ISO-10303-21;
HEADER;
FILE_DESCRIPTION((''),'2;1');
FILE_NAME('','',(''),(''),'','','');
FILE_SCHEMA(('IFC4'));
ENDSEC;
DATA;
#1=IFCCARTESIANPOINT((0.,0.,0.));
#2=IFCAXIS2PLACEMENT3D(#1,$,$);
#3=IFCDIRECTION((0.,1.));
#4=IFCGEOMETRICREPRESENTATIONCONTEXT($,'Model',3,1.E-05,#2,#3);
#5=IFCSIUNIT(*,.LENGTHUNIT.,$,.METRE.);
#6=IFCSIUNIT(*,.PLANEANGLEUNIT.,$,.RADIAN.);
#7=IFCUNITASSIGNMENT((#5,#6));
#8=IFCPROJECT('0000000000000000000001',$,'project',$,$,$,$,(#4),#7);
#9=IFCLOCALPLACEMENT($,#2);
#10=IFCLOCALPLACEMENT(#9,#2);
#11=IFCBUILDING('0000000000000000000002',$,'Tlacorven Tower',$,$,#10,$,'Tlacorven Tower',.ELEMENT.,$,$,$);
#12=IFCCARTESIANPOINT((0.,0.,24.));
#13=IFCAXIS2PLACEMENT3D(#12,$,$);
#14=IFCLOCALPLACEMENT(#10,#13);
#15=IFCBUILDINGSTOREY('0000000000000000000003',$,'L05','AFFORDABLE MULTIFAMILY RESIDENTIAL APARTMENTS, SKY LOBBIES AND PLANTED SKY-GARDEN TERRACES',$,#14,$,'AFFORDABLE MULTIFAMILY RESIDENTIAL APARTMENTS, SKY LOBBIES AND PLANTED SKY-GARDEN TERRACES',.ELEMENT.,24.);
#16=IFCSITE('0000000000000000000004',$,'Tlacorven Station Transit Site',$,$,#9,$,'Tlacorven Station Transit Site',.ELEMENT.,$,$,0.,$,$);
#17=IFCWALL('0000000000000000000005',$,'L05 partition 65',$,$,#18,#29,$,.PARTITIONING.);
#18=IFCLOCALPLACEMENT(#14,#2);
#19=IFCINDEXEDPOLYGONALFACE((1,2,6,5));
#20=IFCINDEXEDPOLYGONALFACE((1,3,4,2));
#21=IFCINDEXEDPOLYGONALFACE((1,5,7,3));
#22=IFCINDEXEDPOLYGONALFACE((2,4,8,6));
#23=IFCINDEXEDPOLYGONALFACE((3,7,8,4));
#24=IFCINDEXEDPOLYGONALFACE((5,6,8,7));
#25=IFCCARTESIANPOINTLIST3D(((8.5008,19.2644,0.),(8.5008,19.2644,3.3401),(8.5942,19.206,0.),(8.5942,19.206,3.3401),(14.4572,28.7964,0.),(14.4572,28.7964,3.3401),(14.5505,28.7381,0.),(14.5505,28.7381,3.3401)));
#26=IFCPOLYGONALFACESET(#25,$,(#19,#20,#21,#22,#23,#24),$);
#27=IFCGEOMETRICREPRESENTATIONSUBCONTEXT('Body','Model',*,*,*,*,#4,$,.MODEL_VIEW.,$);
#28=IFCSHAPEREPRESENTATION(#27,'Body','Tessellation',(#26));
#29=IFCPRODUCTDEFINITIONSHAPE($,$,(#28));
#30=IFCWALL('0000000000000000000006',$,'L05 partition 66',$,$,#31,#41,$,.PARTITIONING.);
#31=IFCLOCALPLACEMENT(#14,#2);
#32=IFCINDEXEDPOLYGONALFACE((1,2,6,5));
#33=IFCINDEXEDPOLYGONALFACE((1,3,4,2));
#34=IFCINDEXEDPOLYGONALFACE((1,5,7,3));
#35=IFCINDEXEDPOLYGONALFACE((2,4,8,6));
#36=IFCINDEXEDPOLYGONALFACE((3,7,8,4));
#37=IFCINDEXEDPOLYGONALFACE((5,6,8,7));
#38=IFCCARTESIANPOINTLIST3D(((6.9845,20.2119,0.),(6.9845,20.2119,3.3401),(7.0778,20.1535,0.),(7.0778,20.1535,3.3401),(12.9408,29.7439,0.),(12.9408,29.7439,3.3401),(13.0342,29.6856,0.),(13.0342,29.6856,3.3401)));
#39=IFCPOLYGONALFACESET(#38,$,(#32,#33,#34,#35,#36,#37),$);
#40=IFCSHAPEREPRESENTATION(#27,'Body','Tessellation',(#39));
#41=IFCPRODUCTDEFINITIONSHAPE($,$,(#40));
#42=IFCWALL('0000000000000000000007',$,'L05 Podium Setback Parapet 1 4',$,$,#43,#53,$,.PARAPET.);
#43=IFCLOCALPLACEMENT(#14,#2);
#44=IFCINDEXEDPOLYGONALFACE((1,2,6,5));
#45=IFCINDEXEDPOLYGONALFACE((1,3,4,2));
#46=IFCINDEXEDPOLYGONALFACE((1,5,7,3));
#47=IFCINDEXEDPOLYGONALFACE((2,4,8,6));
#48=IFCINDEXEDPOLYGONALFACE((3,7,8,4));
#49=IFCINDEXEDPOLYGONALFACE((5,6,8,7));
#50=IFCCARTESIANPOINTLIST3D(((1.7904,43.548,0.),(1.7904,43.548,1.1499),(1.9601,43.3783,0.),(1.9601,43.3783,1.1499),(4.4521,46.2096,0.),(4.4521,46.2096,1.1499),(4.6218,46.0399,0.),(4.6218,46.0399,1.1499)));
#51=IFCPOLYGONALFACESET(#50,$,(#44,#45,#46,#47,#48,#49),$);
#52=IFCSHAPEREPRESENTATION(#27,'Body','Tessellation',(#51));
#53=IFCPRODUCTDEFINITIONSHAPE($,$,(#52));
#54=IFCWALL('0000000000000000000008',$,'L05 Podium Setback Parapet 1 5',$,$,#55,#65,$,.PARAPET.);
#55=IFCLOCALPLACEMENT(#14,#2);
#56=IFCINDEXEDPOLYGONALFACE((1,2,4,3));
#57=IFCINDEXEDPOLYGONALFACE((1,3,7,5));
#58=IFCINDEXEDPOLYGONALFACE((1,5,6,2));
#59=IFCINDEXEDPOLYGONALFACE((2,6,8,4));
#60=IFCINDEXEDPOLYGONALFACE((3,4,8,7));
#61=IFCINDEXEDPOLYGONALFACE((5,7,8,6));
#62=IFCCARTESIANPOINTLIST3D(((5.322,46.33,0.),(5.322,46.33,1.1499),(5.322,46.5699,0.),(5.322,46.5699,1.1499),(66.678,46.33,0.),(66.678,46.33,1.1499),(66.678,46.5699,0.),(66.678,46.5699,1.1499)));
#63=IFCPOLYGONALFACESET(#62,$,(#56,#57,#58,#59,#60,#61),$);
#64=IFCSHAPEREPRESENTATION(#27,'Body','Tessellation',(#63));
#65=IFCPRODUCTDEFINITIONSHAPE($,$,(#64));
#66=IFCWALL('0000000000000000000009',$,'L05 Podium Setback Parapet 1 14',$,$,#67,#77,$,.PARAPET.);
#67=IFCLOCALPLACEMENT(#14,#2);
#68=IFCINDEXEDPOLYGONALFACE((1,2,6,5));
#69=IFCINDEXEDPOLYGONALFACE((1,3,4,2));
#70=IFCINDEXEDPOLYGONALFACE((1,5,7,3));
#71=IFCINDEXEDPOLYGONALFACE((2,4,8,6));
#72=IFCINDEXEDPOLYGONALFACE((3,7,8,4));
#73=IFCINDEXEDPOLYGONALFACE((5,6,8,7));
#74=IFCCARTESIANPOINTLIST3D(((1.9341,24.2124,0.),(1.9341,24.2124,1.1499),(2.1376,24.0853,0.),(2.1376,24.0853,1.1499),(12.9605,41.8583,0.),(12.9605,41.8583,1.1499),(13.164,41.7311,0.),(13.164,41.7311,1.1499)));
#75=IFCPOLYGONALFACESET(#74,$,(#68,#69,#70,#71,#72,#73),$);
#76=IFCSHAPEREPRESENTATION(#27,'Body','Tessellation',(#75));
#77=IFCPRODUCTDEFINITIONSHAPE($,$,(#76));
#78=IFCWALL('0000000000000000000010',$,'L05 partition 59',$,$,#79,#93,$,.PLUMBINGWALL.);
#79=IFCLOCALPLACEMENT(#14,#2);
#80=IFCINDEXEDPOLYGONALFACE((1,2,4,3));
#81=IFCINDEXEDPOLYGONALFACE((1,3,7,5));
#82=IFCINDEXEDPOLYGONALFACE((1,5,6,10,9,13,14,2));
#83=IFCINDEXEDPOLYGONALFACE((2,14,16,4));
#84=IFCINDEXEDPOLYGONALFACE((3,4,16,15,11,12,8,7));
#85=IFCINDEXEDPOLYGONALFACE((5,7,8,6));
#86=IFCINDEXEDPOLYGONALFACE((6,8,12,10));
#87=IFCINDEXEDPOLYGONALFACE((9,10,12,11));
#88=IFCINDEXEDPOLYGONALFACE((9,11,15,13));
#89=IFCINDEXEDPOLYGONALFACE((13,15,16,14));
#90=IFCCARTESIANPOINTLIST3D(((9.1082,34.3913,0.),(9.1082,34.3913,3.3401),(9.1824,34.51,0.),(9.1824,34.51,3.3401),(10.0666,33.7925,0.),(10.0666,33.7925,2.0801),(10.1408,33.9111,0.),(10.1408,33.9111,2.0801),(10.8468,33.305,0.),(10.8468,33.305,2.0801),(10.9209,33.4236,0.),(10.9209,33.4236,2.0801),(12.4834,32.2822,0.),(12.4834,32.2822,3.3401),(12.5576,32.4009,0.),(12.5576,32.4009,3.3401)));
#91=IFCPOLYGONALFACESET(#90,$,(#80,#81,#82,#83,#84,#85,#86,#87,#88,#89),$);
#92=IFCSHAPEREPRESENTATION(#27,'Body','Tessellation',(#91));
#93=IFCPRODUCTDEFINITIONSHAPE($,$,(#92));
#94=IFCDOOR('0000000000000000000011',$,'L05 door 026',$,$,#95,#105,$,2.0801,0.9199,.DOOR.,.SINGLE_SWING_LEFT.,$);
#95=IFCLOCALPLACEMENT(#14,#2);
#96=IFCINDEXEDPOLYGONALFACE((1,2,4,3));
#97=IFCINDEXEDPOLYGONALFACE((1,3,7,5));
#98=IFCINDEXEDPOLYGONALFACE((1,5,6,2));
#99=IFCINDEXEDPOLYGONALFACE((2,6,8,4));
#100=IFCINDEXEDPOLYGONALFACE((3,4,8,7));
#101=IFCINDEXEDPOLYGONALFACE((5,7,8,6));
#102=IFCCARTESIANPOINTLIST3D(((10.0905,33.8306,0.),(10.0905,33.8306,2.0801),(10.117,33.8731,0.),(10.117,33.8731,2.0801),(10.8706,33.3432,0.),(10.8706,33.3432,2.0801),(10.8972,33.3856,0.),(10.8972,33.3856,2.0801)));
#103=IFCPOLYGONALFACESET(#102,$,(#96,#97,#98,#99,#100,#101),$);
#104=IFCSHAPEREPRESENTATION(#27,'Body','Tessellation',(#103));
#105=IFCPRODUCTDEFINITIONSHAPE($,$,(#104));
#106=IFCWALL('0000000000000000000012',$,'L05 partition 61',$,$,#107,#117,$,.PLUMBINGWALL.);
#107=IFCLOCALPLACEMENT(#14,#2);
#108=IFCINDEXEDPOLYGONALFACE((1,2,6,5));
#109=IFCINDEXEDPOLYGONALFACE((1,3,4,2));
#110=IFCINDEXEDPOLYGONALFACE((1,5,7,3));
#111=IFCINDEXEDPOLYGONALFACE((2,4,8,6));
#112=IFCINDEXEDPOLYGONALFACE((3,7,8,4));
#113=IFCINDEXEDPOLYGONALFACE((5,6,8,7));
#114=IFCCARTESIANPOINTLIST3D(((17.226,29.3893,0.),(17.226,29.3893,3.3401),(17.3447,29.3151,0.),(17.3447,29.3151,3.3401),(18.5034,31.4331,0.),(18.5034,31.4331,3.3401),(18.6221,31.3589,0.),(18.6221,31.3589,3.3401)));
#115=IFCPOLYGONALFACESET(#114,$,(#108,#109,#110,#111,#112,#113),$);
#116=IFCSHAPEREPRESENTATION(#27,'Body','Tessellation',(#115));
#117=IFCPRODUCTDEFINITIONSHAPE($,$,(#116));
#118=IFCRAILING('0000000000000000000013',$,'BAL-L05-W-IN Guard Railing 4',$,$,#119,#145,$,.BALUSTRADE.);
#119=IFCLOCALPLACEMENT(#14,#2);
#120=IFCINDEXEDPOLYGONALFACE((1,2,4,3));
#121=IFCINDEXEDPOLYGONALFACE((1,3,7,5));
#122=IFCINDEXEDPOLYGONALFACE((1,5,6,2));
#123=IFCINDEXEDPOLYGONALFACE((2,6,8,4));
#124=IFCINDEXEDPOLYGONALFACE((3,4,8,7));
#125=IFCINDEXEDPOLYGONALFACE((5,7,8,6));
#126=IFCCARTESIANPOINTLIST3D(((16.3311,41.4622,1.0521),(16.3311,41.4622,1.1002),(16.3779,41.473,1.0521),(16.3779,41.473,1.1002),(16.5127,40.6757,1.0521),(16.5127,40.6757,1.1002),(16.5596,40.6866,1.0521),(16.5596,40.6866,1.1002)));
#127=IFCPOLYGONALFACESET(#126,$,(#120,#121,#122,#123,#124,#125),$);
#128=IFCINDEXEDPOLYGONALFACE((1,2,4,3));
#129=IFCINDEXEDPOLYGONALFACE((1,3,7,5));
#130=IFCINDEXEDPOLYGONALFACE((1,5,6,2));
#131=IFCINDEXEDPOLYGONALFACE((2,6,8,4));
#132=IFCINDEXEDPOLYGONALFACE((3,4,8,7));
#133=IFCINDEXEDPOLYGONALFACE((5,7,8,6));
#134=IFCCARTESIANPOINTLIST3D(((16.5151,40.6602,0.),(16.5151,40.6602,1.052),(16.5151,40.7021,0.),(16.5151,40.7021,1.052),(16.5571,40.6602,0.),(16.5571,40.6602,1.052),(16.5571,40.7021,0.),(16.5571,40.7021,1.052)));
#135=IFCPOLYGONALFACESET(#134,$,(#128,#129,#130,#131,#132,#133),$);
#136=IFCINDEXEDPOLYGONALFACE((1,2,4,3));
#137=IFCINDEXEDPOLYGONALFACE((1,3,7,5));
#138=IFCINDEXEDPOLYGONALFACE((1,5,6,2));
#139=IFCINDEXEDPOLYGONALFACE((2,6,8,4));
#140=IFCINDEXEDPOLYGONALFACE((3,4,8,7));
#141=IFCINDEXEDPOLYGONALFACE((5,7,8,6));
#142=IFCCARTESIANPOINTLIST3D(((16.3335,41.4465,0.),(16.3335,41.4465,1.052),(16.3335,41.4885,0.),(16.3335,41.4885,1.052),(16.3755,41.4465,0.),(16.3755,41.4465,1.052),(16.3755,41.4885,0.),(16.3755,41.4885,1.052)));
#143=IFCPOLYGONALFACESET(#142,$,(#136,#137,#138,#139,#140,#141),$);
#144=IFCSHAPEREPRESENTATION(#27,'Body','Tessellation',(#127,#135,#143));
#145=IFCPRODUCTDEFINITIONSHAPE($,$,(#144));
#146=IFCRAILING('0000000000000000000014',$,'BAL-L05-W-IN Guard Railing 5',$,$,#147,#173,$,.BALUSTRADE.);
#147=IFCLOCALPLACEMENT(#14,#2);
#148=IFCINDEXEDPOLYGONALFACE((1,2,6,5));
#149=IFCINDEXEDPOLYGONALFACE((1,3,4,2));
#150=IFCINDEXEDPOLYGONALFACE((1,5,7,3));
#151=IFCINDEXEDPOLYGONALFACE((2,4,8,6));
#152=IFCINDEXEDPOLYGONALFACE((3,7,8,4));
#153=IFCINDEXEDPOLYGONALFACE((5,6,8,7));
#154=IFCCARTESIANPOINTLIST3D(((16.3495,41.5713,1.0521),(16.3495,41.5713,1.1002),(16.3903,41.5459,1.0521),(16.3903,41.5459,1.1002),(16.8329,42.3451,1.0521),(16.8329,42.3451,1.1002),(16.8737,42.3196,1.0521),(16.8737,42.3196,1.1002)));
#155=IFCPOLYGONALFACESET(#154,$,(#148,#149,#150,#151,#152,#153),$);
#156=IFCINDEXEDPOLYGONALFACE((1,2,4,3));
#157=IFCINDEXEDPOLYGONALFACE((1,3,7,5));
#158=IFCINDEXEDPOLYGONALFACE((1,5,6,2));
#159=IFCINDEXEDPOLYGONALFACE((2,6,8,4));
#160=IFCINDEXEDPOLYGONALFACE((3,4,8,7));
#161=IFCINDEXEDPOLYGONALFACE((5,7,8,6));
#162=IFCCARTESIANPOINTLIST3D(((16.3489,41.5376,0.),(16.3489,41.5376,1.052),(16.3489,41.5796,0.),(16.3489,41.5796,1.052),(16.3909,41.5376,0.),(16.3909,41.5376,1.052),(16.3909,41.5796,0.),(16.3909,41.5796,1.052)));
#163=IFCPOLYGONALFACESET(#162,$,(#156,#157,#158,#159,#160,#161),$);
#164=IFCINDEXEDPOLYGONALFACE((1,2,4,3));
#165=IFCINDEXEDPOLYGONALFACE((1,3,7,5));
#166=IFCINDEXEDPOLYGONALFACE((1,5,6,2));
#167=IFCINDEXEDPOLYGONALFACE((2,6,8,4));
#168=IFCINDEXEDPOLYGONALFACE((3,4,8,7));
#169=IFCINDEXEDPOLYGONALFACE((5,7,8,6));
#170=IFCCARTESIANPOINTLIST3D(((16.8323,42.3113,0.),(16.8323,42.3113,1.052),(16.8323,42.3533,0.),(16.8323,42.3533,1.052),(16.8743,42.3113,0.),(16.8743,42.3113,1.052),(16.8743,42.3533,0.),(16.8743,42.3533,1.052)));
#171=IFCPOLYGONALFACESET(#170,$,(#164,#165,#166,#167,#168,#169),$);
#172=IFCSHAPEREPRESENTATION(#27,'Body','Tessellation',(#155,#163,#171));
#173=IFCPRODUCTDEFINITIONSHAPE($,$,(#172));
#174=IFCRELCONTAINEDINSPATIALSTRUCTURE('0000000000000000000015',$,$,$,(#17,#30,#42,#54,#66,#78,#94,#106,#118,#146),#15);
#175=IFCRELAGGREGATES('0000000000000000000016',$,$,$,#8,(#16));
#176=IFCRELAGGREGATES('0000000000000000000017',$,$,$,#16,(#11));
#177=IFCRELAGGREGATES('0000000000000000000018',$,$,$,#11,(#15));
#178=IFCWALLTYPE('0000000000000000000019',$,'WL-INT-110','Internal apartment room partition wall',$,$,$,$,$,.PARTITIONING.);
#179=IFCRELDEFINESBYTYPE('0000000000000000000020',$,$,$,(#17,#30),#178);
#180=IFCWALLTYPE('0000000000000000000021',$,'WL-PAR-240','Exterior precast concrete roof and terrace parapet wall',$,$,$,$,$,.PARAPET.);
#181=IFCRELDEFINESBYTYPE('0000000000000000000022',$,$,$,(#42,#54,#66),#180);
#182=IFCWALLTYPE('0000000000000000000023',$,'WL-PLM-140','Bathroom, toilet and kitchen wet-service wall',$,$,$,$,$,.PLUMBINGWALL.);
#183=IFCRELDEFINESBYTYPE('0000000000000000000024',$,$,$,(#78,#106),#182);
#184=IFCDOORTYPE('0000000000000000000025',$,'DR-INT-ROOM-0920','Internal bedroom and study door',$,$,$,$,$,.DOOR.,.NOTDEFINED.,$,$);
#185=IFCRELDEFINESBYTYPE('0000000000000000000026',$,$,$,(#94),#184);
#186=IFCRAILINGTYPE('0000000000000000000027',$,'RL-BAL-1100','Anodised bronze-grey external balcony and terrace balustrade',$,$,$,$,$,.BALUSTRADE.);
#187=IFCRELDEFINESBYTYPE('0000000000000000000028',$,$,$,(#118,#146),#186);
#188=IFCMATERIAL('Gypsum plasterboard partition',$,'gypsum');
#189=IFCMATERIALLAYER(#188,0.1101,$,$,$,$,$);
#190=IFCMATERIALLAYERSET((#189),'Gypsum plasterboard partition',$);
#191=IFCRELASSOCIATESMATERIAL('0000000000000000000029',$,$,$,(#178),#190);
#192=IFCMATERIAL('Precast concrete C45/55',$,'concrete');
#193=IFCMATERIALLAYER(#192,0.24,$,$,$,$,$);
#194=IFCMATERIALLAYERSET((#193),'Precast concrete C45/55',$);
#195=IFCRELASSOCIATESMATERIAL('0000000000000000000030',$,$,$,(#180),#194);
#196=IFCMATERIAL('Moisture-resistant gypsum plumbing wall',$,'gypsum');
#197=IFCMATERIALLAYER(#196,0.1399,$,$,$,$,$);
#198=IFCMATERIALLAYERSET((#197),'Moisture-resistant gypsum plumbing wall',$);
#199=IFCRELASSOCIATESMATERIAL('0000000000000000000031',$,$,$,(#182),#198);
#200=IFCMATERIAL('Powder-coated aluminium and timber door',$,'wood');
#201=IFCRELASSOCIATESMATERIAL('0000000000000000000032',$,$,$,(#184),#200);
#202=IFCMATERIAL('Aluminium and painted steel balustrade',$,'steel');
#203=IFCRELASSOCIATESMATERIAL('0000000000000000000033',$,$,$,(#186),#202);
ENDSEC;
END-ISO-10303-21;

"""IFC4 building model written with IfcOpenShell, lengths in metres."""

from ifc_helpers import new_model, si_unit, direction, frame, frame_2d, origin, origin_2d, place, context, subcontext, project, spatial, rectangle, extrude, source, transform, mapped, material, layer, layer_set, type_object, element, fill, save


model = new_model("IFC4")

# Units and contexts
model_context = context("Model", 3, precision=1e-05, world=origin(), true_north=direction((0.0, 1.0)))
body_context = subcontext(model_context, "Body", "Model", "MODEL_VIEW")
ifc_project = project(units=[si_unit("LENGTHUNIT", "METRE"), si_unit("PLANEANGLEUNIT", "RADIAN")], contexts=[model_context])

# Site, building, storey
site_placement = place(None, origin())
site = spatial("IfcSite", under=ifc_project, at=site_placement, Name="Tlacorven Station Transit Site", LongName="Tlacorven Station Transit Site", CompositionType="ELEMENT", RefElevation=0.0)
building_placement = place(site_placement, origin())
building = spatial("IfcBuilding", under=site, at=building_placement, Name="Tlacorven Tower", LongName="Tlacorven Tower", CompositionType="ELEMENT")
storey_placement = place(building_placement, frame((0.0, 0.0, 24.0)))
storey = spatial("IfcBuildingStorey", under=building, at=storey_placement, Name="L05", Description="AFFORDABLE MULTIFAMILY RESIDENTIAL APARTMENTS, SKY LOBBIES AND PLANTED SKY-GARDEN TERRACES", LongName="AFFORDABLE MULTIFAMILY RESIDENTIAL APARTMENTS, SKY LOBBIES AND PLANTED SKY-GARDEN TERRACES", CompositionType="ELEMENT", Elevation=24.0)

# Shared definitions
ifc_material_1 = material(Name="Precast concrete C45/55", Category="concrete")
ifc_material_2 = material(Name="Powder-coated aluminium and timber door", Category="wood")

# Shared definitions
ifc_material_3 = material(Name="Gypsum plasterboard partition", Category="gypsum")
ifc_layer_1 = layer(ifc_material_3, 0.1101)
ifc_layer_set_1 = layer_set([ifc_layer_1], Name="Gypsum plasterboard partition")
wall_type_1 = type_object("IfcWallType", Name="WL-INT-110", Description="Internal apartment room partition wall", PredefinedType="PARTITIONING", material=ifc_layer_set_1)

# Walls
for number, where, z_axis, x_axis, name in (
    (1, (14.5039, 28.7673, 0.0), (0.0, 0.0, 1.0), (-0.529923, -0.848046, 0.0), "L05 partition 65"),
    (2, (12.9875, 29.7148, 0.0), (0.0, 0.0, 1.0), (-0.529923, -0.848046, 0.0), "L05 partition 66"),
):
    element("IfcWall", number, at=place(storey_placement, frame(where, z_axis=z_axis, x_axis=x_axis)), inside=storey, type_object=wall_type_1, Name=name, PredefinedType="PARTITIONING", context=body_context, shape_type="SweptSolid", body=[
        extrude(rectangle(XDim=11.24, YDim=0.1101, at=frame_2d((5.6201, 0.0))), origin(), (0.0, 0.0, 1.0), 3.3401),
    ])
ifc_layer_2 = layer(ifc_material_1, 0.24)
ifc_layer_set_2 = layer_set([ifc_layer_2], Name="Precast concrete C45/55")
wall_type_2 = type_object("IfcWallType", Name="WL-PAR-240", Description="Exterior precast concrete roof and terrace parapet wall", PredefinedType="PARAPET", material=ifc_layer_set_2)
wall_1_placement = place(storey_placement, frame((1.8752, 43.4631, 0.0), z_axis=(0.0, 0.0, 1.0), x_axis=(0.707107, 0.707107, 0.0)))
element("IfcWall", 3, at=wall_1_placement, inside=storey, type_object=wall_type_2, Name="L05 Podium Setback Parapet 1 4", PredefinedType="PARAPET", context=body_context, shape_type="SweptSolid", body=[
    extrude(rectangle(XDim=3.7642, YDim=0.24, at=frame_2d((1.8821, 0.0))), origin(), (0.0, 0.0, 1.0), 1.1499),
])
wall_2_placement = place(storey_placement, frame((5.322, 46.45, 0.0), z_axis=(0.0, 0.0, 1.0), x_axis=(1.0, 0.0, 0.0)))
element("IfcWall", 4, at=wall_2_placement, inside=storey, type_object=wall_type_2, Name="L05 Podium Setback Parapet 1 5", PredefinedType="PARAPET", context=body_context, shape_type="SweptSolid", body=[
    extrude(rectangle(XDim=61.356, YDim=0.24, at=frame_2d((30.678, 0.0))), origin(), (0.0, 0.0, 1.0), 1.1499),
])
wall_3_placement = place(storey_placement, frame((13.0623, 41.7947, 0.0), z_axis=(0.0, 0.0, 1.0), x_axis=(-0.529922, -0.848046, 0.0)))
element("IfcWall", 5, at=wall_3_placement, inside=storey, type_object=wall_type_2, Name="L05 Podium Setback Parapet 1 14", PredefinedType="PARAPET", context=body_context, shape_type="SweptSolid", body=[
    extrude(rectangle(XDim=20.8076, YDim=0.24, at=frame_2d((10.4038, 0.0))), origin(), (0.0, 0.0, 1.0), 1.1499),
])

# Wall, opening, door
ifc_material_4 = material(Name="Moisture-resistant gypsum plumbing wall", Category="gypsum")
ifc_layer_3 = layer(ifc_material_4, 0.1399)
ifc_layer_set_3 = layer_set([ifc_layer_3], Name="Moisture-resistant gypsum plumbing wall")
wall_type_3 = type_object("IfcWallType", Name="WL-PLM-140", Description="Bathroom, toilet and kitchen wet-service wall", PredefinedType="PLUMBINGWALL", material=ifc_layer_set_3)
wall_4_placement = place(storey_placement, frame((12.5205, 32.3416, 0.0), z_axis=(0.0, 0.0, 1.0), x_axis=(-0.848043, 0.529927, 0.0)))
wall_4 = element("IfcWall", 6, at=wall_4_placement, inside=storey, type_object=wall_type_3, Name="L05 partition 59", PredefinedType="PLUMBINGWALL", context=body_context, shape_type="SweptSolid", body=[
    extrude(rectangle(XDim=3.98, YDim=0.1399, at=frame_2d((1.99, 0.0))), origin(), (0.0, 0.0, 1.0), 3.3401),
])
opening_1_placement = place(wall_4_placement, frame((1.9299, 0.0, 0.0)))
opening_1 = element("IfcOpeningElement", 7, at=opening_1_placement, cuts=wall_4, PredefinedType="OPENING", context=body_context, shape_type="SweptSolid", body=[
    extrude(rectangle(XDim=0.9199, YDim=2.0801, at=frame_2d((0.46, 1.04))), frame((0.0, 0.0801, 0.0), z_axis=(0.0, -1.0, 0.0), x_axis=(1.0, 0.0, 0.0)), (0.0, 0.0, 1.0), 0.1599),
])
door_type_1 = type_object("IfcDoorType", Name="DR-INT-ROOM-0920", Description="Internal bedroom and study door", OperationType="NOTDEFINED", PredefinedType="DOOR", material=ifc_material_2)
shared_shape_1 = source(origin(), body_context, "Body", "SweptSolid", [
    extrude(rectangle(XDim=0.9199, YDim=2.0801, at=frame_2d((0.46, 1.04))), frame((0.0, 0.0249, 0.0), z_axis=(0.0, -1.0, 0.0), x_axis=(1.0, 0.0, 0.0)), (0.0, 0.0, 1.0), 0.05),
])
door_1_placement = place(opening_1_placement, origin())
door_1 = element("IfcDoor", 8, at=door_1_placement, inside=storey, type_object=door_type_1, Name="L05 door 026", OperationType="SINGLE_SWING_LEFT", OverallHeight=2.0801, OverallWidth=0.9199, PredefinedType="DOOR", context=body_context, shape_type="MappedRepresentation", body=[
    mapped(shared_shape_1, transform((0.0, 0.0, 0.0), scale=1.0)),
])
fill(opening_1, door_1)

# Wall
wall_5_placement = place(storey_placement, frame((18.5627, 31.396, 0.0), z_axis=(0.0, 0.0, 1.0), x_axis=(-0.530008, -0.847993, 0.0)))
element("IfcWall", 9, at=wall_5_placement, inside=storey, type_object=wall_type_3, Name="L05 partition 61", PredefinedType="PLUMBINGWALL", context=body_context, shape_type="SweptSolid", body=[
    extrude(rectangle(XDim=2.4102, YDim=0.1399, at=frame_2d((1.2051, 0.0))), origin(), (0.0, 0.0, 1.0), 3.3401),
])

# Railings
ifc_material_5 = material(Name="Aluminium and painted steel balustrade", Category="steel")
railing_type = type_object("IfcRailingType", Name="RL-BAL-1100", Description="Anodised bronze-grey external balcony and terrace balustrade", PredefinedType="BALUSTRADE", material=ifc_material_5)
shared_shape_2 = source(origin(), body_context, "Body", "SweptSolid", [
    extrude(rectangle(XDim=0.0481, YDim=0.0481, at=origin_2d()), frame((0.0, 0.0, 1.0762), z_axis=(-0.225058, 0.974345, 0.0), x_axis=(-0.974345, -0.225058, 0.0)), (0.0, 0.0, 1.0), 0.8071),
    extrude(rectangle(XDim=0.042, YDim=0.042, at=origin_2d()), origin(), (0.0, 0.0, 1.0), 1.052),
    extrude(rectangle(XDim=0.042, YDim=0.042, at=origin_2d()), frame((-0.1816, 0.7864, 0.0)), (0.0, 0.0, 1.0), 1.052),
])
railing_1_placement = place(storey_placement, frame((16.5361, 40.6812, 0.0)))
element("IfcRailing", 10, at=railing_1_placement, inside=storey, type_object=railing_type, Name="BAL-L05-W-IN Guard Railing 4", PredefinedType="BALUSTRADE", context=body_context, shape_type="MappedRepresentation", body=[
    mapped(shared_shape_2, transform((0.0, 0.0, 0.0), scale=1.0)),
])
shared_shape_3 = source(origin(), body_context, "Body", "SweptSolid", [
    extrude(rectangle(XDim=0.0481, YDim=0.0481, at=origin_2d()), frame((0.0, 0.0, 1.0762), z_axis=(0.529879, 0.848073, 0.0), x_axis=(-0.848073, 0.529879, 0.0)), (0.0, 0.0, 1.0), 0.9124),
    extrude(rectangle(XDim=0.042, YDim=0.042, at=origin_2d()), origin(), (0.0, 0.0, 1.0), 1.052),
    extrude(rectangle(XDim=0.042, YDim=0.042, at=origin_2d()), frame((0.4834, 0.7737, 0.0)), (0.0, 0.0, 1.0), 1.052),
])
railing_2_placement = place(storey_placement, frame((16.3699, 41.5586, 0.0)))
element("IfcRailing", 11, at=railing_2_placement, inside=storey, type_object=railing_type, Name="BAL-L05-W-IN Guard Railing 5", PredefinedType="BALUSTRADE", context=body_context, shape_type="MappedRepresentation", body=[
    mapped(shared_shape_3, transform((0.0, 0.0, 0.0), scale=1.0)),
])

save(model, "model.ifc")
